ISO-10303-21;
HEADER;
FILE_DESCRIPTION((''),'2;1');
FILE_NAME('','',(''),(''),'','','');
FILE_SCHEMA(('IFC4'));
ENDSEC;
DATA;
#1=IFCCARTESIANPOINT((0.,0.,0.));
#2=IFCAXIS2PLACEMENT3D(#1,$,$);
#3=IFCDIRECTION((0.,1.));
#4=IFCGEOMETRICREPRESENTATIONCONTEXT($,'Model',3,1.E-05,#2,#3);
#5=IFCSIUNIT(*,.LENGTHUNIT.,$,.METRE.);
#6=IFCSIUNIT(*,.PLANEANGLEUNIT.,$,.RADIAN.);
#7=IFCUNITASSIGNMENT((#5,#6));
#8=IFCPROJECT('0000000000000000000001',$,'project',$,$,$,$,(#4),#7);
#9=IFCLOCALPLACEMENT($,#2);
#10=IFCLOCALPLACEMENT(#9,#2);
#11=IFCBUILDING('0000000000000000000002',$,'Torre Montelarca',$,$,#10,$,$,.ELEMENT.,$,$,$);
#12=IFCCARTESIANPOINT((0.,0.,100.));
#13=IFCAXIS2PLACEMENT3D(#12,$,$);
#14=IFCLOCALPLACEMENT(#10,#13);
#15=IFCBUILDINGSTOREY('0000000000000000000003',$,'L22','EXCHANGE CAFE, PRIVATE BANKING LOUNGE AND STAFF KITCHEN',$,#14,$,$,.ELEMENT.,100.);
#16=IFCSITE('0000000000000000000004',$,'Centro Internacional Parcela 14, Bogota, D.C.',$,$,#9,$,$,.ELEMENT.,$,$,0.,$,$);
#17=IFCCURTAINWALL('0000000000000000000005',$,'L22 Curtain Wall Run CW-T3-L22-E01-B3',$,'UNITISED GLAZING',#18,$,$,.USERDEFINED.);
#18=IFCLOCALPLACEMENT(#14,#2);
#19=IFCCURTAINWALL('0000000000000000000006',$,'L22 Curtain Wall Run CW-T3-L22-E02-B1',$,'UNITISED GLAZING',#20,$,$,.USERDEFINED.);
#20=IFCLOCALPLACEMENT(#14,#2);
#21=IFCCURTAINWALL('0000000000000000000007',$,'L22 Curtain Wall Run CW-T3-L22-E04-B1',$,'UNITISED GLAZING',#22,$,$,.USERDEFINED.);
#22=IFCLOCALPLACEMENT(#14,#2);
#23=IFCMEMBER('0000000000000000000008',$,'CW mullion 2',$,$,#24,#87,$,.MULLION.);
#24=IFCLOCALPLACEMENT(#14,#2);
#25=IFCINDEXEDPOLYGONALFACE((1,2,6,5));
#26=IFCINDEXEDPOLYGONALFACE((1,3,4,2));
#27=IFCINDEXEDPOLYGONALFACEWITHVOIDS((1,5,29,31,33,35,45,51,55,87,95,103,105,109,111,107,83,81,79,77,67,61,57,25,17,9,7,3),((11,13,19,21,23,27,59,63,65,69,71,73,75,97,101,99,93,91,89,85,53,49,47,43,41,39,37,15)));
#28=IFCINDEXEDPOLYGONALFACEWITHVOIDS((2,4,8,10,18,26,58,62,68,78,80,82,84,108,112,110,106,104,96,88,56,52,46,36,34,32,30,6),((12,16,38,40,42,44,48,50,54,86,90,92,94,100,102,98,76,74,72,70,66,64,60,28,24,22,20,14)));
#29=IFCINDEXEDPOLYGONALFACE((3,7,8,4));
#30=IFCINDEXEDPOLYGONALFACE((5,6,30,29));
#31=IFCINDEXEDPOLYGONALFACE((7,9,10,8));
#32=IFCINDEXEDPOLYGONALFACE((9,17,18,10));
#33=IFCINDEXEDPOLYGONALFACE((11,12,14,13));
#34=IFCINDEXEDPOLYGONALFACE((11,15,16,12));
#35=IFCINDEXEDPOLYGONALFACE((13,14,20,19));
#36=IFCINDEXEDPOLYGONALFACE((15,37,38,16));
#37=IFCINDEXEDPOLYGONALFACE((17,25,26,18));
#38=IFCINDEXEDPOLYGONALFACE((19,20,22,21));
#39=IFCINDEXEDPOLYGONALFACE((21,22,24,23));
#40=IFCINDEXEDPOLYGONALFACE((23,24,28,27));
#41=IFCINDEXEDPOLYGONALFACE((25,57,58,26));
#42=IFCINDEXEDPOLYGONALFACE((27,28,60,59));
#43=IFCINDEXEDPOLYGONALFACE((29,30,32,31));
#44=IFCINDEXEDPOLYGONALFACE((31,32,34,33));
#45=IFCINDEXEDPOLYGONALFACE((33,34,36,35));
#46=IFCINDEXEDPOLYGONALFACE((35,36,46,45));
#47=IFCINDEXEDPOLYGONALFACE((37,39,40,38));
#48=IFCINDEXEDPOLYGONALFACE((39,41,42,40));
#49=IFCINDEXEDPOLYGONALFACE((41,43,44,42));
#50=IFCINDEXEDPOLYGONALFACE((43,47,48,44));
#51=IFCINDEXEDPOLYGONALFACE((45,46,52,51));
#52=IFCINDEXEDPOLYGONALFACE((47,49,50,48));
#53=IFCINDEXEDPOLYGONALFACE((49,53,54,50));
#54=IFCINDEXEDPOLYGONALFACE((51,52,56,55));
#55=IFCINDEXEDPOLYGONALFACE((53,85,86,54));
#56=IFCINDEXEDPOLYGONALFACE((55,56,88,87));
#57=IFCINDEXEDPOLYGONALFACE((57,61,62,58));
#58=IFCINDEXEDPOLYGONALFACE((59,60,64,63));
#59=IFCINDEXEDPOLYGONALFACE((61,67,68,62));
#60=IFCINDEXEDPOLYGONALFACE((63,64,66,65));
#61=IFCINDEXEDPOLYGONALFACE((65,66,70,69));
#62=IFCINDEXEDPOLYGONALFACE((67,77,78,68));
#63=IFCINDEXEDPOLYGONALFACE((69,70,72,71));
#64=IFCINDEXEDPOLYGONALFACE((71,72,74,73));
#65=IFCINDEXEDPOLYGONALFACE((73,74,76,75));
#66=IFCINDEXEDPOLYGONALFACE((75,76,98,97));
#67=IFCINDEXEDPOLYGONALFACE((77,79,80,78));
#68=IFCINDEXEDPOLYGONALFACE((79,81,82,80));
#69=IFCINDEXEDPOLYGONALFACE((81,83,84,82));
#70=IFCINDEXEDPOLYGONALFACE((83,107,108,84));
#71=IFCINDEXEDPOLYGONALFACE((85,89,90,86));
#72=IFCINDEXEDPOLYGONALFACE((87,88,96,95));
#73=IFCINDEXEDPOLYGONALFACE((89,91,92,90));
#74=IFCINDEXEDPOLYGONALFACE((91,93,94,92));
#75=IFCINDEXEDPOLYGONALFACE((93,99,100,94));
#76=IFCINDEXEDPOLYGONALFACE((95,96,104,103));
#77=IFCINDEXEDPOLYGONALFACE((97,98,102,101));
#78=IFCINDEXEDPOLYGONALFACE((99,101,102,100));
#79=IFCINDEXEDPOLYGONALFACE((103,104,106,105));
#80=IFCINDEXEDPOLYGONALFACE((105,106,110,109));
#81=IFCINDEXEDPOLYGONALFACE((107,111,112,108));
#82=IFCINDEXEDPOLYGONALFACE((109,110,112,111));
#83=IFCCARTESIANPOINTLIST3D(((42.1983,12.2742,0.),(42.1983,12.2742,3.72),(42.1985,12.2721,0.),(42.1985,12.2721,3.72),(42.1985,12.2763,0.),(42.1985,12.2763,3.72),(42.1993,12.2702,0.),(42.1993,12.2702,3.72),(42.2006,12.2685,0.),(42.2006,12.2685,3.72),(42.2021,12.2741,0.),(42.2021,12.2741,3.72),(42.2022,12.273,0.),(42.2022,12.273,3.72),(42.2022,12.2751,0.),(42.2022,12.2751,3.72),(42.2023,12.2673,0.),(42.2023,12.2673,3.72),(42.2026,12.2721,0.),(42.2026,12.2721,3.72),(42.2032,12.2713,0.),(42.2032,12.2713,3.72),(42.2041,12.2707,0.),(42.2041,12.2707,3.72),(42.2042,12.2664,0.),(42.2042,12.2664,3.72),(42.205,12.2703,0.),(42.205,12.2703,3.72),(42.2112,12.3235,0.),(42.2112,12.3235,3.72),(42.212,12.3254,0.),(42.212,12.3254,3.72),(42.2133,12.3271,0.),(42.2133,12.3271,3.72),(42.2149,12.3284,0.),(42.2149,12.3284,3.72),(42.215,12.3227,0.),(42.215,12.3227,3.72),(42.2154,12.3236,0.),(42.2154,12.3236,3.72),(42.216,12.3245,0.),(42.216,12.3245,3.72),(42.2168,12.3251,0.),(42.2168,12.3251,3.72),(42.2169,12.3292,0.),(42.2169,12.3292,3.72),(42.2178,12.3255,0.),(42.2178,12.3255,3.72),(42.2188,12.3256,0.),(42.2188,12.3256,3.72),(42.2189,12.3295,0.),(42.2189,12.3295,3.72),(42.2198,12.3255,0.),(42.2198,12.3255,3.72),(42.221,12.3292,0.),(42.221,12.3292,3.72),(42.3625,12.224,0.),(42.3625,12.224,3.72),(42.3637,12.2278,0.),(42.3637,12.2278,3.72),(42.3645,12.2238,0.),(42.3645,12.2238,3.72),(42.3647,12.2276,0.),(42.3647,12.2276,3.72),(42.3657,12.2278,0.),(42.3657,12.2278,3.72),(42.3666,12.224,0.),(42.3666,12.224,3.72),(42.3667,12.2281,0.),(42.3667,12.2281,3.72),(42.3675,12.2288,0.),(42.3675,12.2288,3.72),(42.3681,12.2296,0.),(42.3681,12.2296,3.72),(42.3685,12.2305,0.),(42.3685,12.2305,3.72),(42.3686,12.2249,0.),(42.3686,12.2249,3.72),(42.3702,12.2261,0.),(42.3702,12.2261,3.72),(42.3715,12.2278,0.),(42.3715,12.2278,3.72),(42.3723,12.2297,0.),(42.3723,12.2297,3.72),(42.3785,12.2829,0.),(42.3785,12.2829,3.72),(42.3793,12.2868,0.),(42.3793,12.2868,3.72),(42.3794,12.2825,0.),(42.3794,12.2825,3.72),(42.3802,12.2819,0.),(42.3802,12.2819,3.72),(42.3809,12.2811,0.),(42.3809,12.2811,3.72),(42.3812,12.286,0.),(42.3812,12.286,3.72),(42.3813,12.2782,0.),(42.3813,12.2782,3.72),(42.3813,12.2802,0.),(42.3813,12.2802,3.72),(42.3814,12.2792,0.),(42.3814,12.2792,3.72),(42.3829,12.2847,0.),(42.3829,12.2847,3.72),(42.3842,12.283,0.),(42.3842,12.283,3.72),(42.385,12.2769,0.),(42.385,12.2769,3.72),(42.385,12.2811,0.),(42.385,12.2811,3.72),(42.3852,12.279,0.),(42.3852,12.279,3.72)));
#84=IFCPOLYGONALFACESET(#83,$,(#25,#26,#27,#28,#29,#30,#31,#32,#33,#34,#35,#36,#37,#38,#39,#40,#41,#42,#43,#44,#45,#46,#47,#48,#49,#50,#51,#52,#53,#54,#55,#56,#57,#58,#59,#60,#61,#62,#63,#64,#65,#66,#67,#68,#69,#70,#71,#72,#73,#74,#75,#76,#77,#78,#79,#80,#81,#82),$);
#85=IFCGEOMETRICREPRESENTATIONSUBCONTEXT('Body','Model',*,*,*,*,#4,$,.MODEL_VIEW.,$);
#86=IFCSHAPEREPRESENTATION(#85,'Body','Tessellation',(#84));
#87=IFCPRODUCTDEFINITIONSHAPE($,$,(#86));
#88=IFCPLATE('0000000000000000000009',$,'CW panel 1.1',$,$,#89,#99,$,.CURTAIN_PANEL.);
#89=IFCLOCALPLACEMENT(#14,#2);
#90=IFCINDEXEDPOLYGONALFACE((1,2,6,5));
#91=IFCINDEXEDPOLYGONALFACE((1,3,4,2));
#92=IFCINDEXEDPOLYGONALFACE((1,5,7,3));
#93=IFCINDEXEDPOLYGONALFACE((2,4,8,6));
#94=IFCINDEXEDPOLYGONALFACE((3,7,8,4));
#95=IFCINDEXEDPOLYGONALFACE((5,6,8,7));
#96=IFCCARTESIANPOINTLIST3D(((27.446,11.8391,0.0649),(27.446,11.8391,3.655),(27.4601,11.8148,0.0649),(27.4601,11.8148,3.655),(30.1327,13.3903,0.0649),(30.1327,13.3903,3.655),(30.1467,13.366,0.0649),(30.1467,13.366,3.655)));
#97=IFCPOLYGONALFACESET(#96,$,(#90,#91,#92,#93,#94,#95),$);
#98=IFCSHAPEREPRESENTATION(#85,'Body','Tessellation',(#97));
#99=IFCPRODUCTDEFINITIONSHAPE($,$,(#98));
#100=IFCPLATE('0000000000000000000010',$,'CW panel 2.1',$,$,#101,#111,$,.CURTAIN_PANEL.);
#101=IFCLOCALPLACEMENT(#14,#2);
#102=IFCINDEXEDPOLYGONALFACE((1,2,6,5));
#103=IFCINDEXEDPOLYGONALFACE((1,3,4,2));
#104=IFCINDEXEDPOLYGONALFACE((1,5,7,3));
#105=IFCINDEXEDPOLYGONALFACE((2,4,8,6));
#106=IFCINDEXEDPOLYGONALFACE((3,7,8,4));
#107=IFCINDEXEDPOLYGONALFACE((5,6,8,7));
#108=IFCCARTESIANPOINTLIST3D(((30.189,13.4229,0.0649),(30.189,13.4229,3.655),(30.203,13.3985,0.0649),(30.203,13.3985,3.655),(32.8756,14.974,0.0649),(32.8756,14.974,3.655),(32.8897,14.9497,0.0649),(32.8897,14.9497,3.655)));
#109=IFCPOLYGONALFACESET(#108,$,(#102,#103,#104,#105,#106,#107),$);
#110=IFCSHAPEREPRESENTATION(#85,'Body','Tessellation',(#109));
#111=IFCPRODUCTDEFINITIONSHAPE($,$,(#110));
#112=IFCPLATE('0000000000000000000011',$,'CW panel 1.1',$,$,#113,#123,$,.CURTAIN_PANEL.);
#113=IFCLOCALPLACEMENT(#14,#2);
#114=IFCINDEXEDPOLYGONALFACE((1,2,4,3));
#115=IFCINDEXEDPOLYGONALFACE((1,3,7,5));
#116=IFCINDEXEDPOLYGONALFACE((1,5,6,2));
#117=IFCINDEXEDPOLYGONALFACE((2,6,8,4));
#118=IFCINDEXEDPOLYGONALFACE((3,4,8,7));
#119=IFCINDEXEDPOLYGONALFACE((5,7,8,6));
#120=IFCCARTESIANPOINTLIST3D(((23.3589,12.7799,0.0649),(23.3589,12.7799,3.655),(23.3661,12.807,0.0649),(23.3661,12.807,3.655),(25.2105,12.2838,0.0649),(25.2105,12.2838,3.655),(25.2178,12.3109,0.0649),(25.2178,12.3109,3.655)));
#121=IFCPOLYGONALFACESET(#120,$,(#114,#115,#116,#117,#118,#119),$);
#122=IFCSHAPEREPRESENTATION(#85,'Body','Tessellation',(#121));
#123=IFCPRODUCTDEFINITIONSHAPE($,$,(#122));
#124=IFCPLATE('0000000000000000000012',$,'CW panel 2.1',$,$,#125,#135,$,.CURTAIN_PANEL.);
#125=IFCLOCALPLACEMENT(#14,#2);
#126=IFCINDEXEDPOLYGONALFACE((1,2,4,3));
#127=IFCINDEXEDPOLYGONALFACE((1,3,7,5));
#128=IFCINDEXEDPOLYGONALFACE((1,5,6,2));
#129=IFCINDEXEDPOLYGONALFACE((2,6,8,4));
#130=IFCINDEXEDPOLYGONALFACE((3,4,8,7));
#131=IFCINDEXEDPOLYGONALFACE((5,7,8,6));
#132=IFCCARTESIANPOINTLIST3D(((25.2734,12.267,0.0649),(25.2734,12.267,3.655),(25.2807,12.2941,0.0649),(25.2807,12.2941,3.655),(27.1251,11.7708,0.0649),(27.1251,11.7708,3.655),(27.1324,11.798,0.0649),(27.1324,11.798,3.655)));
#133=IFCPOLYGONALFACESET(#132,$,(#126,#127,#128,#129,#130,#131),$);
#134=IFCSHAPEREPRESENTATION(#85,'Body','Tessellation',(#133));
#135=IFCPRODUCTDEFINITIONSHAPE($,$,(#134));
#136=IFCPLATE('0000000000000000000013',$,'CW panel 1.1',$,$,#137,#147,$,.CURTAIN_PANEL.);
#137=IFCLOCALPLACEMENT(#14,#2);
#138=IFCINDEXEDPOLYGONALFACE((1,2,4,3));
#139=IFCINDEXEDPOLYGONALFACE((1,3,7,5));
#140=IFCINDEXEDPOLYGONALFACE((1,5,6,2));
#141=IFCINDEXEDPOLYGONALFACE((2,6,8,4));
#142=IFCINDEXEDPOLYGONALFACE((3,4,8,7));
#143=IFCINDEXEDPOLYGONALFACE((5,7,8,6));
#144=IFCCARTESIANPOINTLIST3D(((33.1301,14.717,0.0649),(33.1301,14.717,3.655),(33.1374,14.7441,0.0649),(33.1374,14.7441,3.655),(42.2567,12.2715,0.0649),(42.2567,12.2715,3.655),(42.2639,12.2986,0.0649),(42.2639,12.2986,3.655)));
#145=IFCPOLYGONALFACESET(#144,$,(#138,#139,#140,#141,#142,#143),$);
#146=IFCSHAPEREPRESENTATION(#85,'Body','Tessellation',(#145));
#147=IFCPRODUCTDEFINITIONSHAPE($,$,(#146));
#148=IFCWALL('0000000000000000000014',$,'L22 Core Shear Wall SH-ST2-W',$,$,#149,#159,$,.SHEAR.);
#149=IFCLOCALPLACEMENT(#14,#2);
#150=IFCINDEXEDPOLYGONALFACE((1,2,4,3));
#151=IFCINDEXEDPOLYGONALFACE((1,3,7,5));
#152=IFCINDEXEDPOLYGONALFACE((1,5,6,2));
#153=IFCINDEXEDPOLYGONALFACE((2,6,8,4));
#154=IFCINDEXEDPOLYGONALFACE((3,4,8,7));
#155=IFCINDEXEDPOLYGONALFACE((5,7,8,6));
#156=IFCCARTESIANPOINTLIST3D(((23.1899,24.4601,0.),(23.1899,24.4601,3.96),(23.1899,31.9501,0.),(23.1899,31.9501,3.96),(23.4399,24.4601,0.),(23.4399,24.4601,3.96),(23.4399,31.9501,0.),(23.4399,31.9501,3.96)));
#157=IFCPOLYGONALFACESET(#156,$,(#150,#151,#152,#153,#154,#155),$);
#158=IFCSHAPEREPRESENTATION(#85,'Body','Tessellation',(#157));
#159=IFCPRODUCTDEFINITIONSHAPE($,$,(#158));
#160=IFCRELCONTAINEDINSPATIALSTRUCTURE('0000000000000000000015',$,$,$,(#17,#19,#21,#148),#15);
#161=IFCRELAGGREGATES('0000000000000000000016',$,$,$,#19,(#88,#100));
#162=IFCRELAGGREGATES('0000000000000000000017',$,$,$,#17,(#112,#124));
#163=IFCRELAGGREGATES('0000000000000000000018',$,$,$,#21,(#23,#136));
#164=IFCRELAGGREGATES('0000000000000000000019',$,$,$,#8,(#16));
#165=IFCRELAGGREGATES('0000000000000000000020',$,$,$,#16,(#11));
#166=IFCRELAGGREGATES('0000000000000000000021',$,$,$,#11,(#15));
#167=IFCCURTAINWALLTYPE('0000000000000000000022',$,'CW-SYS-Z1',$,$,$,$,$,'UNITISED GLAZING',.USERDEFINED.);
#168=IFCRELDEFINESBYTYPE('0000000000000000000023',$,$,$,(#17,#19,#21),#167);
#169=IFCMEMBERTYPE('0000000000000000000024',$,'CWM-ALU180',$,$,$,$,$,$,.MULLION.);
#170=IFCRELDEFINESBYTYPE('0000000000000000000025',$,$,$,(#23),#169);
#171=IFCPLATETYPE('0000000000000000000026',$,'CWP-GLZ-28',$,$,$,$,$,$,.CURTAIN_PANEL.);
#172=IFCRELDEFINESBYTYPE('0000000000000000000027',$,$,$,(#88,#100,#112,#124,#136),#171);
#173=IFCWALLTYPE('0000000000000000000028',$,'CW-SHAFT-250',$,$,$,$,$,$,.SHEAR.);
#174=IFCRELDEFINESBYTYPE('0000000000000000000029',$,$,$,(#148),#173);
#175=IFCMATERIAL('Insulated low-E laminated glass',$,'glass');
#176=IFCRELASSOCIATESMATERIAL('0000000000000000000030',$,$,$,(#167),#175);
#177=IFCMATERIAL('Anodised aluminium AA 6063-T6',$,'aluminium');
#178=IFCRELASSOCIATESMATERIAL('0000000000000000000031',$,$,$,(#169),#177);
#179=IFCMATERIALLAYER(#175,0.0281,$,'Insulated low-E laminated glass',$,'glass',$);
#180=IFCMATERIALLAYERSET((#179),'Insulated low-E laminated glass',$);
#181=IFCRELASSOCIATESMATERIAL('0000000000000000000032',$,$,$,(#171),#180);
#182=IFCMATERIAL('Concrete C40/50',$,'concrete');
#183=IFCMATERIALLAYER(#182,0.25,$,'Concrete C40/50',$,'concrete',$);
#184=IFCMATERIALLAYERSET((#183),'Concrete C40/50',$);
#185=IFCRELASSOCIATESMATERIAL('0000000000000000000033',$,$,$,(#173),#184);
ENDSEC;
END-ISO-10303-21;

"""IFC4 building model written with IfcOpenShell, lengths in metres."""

from ifc_helpers import new_model, si_unit, direction, frame, frame_2d, origin, origin_2d, place, context, subcontext, project, spatial, rectangle, hollow_rectangle, extrude, source, transform, mapped, material, layer, layer_set, material_profile, profile_set, type_object, element, aggregate, save


model = new_model("IFC4")

# Units and contexts
model_context = context("Model", 3, precision=1e-05, world=origin(), true_north=direction((0.0, 1.0)))
body_context = subcontext(model_context, "Body", "Model", "MODEL_VIEW")
ifc_project = project(units=[si_unit("LENGTHUNIT", "METRE"), si_unit("PLANEANGLEUNIT", "RADIAN")], contexts=[model_context])

# Site, building, storey
site_placement = place(None, origin())
site = spatial("IfcSite", under=ifc_project, at=site_placement, Name="Centro Internacional Parcela 14, Bogota, D.C.", CompositionType="ELEMENT", RefElevation=0.0)
building_placement = place(site_placement, origin())
building = spatial("IfcBuilding", under=site, at=building_placement, Name="Torre Montelarca", CompositionType="ELEMENT")
storey_placement = place(building_placement, frame((0.0, 0.0, 100.0)))
storey = spatial("IfcBuildingStorey", under=building, at=storey_placement, Name="L22", Description="EXCHANGE CAFE, PRIVATE BANKING LOUNGE AND STAFF KITCHEN", CompositionType="ELEMENT", Elevation=100.0)

# Curtain walls
ifc_material_1 = material(Name="Insulated low-E laminated glass", Category="glass")
curtain_wall_type = type_object("IfcCurtainWallType", Name="CW-SYS-Z1", ElementType="UNITISED GLAZING", PredefinedType="USERDEFINED", material=ifc_material_1)
curtain_wall_1_placement = place(storey_placement, origin())
curtain_wall_1 = element("IfcCurtainWall", 1, at=curtain_wall_1_placement, inside=storey, type_object=curtain_wall_type, Name="L22 Curtain Wall Run CW-T3-L22-E01-B3", ObjectType="UNITISED GLAZING", PredefinedType="USERDEFINED")
ifc_material_2 = material(Name="Anodised aluminium AA 6063-T6", Category="aluminium")
curtain_wall_2_placement = place(storey_placement, origin())
curtain_wall_2 = element("IfcCurtainWall", 2, at=curtain_wall_2_placement, inside=storey, type_object=curtain_wall_type, Name="L22 Curtain Wall Run CW-T3-L22-E02-B1", ObjectType="UNITISED GLAZING", PredefinedType="USERDEFINED")
curtain_wall_3_placement = place(storey_placement, origin())
curtain_wall_3 = element("IfcCurtainWall", 3, at=curtain_wall_3_placement, inside=storey, type_object=curtain_wall_type, Name="L22 Curtain Wall Run CW-T3-L22-E04-B1", ObjectType="UNITISED GLAZING", PredefinedType="USERDEFINED")

# Member
ifc_material_profile_1 = material_profile(ifc_material_2, hollow_rectangle(XDim=0.0649, YDim=0.1799, WallThickness=0.0039, InnerFilletRadius=0.0039, OuterFilletRadius=0.0081, at=origin_2d()), Name="ALU65X180X4", Category="aluminium")
ifc_profile_set_1 = profile_set([ifc_material_profile_1], Name="Anodised aluminium AA 6063-T6")
member_type_1 = type_object("IfcMemberType", Name="CWM-ALU180", PredefinedType="MULLION", material=ifc_profile_set_1)
shared_shape_1 = source(origin(), body_context, "Body", "SweptSolid", [
    extrude(hollow_rectangle(XDim=0.0649, YDim=0.1799, WallThickness=0.0039, InnerFilletRadius=0.0039, OuterFilletRadius=0.0081, at=origin_2d()), origin(), (0.0, 0.0, 1.0), 3.72),
])
member_1_placement = place(storey_placement, frame((42.2917, 12.2766, 0.0), z_axis=(0.0, 0.0, 1.0), x_axis=(0.258823, 0.965925, 0.0)))
member_1 = element("IfcMember", 4, at=member_1_placement, type_object=member_type_1, Name="CW mullion 2", PredefinedType="MULLION", context=body_context, shape_type="MappedRepresentation", body=[
    mapped(shared_shape_1, transform((0.0, 0.0, 0.0), scale=1.0)),
])

# Plates
ifc_layer_1 = layer(ifc_material_1, 0.0281, Name="Insulated low-E laminated glass", Category="glass")
ifc_layer_set_1 = layer_set([ifc_layer_1], Name="Insulated low-E laminated glass")
plate_type = type_object("IfcPlateType", Name="CWP-GLZ-28", PredefinedType="CURTAIN_PANEL", material=ifc_layer_set_1)
shared_shape_2 = source(origin(), body_context, "Body", "SweptSolid", [
    extrude(rectangle(XDim=3.1023, YDim=0.0281, at=origin_2d()), origin(), (0.0, 0.0, 1.0), 3.5901),
])
plate_1_placement = place(storey_placement, frame((28.7964, 12.6025, 0.0649), z_axis=(0.0, 0.0, 1.0), x_axis=(0.866025, 0.500001, 0.0)))
plate_1 = element("IfcPlate", 5, at=plate_1_placement, type_object=plate_type, Name="CW panel 1.1", PredefinedType="CURTAIN_PANEL", context=body_context, shape_type="MappedRepresentation", body=[
    mapped(shared_shape_2, transform((0.0, 0.0, 0.0), scale=1.0)),
])
plate_2_placement = place(storey_placement, frame((31.5393, 14.1863, 0.0649), z_axis=(0.0, 0.0, 1.0), x_axis=(0.866025, 0.500001, 0.0)))
plate_2 = element("IfcPlate", 6, at=plate_2_placement, type_object=plate_type, Name="CW panel 2.1", PredefinedType="CURTAIN_PANEL", context=body_context, shape_type="MappedRepresentation", body=[
    mapped(shared_shape_2, transform((0.0, 0.0, 0.0), scale=1.0)),
])
aggregate(curtain_wall_2, [plate_1, plate_2])
shared_shape_3 = source(origin(), body_context, "Body", "SweptSolid", [
    extrude(rectangle(XDim=1.917, YDim=0.0281, at=origin_2d()), origin(), (0.0, 0.0, 1.0), 3.5901),
])
plate_3_placement = place(storey_placement, frame((24.2883, 12.5454, 0.0649), z_axis=(0.0, 0.0, 1.0), x_axis=(0.965926, -0.258818, 0.0)))
plate_3 = element("IfcPlate", 7, at=plate_3_placement, type_object=plate_type, Name="CW panel 1.1", PredefinedType="CURTAIN_PANEL", context=body_context, shape_type="MappedRepresentation", body=[
    mapped(shared_shape_3, transform((0.0, 0.0, 0.0), scale=1.0)),
])
plate_4_placement = place(storey_placement, frame((26.2029, 12.0325, 0.0649), z_axis=(0.0, 0.0, 1.0), x_axis=(0.965926, -0.258818, 0.0)))
plate_4 = element("IfcPlate", 8, at=plate_4_placement, type_object=plate_type, Name="CW panel 2.1", PredefinedType="CURTAIN_PANEL", context=body_context, shape_type="MappedRepresentation", body=[
    mapped(shared_shape_3, transform((0.0, 0.0, 0.0), scale=1.0)),
])
aggregate(curtain_wall_1, [plate_3, plate_4])
shared_shape_4 = source(origin(), body_context, "Body", "SweptSolid", [
    extrude(rectangle(XDim=9.4485, YDim=0.0281, at=origin_2d()), origin(), (0.0, 0.0, 1.0), 3.5901),
])
plate_5_placement = place(storey_placement, frame((37.697, 13.5078, 0.0649), z_axis=(0.0, 0.0, 1.0), x_axis=(0.965925, -0.258823, 0.0)))
plate_5 = element("IfcPlate", 9, at=plate_5_placement, type_object=plate_type, Name="CW panel 1.1", PredefinedType="CURTAIN_PANEL", context=body_context, shape_type="MappedRepresentation", body=[
    mapped(shared_shape_4, transform((0.0, 0.0, 0.0), scale=1.0)),
])
aggregate(curtain_wall_3, [member_1, plate_5])

# Wall
ifc_material_3 = material(Name="Concrete C40/50", Category="concrete")
ifc_layer_2 = layer(ifc_material_3, 0.25, Name="Concrete C40/50", Category="concrete")
ifc_layer_set_2 = layer_set([ifc_layer_2], Name="Concrete C40/50")
wall_type_1 = type_object("IfcWallType", Name="CW-SHAFT-250", PredefinedType="SHEAR", material=ifc_layer_set_2)
wall_1_placement = place(storey_placement, frame((23.3149, 24.46, 0.0), z_axis=(0.0, 0.0, 1.0), x_axis=(0.0, 1.0, 0.0)))
element("IfcWall", 10, at=wall_1_placement, inside=storey, type_object=wall_type_1, Name="L22 Core Shear Wall SH-ST2-W", PredefinedType="SHEAR", context=body_context, shape_type="SweptSolid", body=[
    extrude(rectangle(XDim=7.49, YDim=0.25, at=frame_2d((3.7451, 0.0))), origin(), (0.0, 0.0, 1.0), 3.96),
])

save(model, "model.ifc")
